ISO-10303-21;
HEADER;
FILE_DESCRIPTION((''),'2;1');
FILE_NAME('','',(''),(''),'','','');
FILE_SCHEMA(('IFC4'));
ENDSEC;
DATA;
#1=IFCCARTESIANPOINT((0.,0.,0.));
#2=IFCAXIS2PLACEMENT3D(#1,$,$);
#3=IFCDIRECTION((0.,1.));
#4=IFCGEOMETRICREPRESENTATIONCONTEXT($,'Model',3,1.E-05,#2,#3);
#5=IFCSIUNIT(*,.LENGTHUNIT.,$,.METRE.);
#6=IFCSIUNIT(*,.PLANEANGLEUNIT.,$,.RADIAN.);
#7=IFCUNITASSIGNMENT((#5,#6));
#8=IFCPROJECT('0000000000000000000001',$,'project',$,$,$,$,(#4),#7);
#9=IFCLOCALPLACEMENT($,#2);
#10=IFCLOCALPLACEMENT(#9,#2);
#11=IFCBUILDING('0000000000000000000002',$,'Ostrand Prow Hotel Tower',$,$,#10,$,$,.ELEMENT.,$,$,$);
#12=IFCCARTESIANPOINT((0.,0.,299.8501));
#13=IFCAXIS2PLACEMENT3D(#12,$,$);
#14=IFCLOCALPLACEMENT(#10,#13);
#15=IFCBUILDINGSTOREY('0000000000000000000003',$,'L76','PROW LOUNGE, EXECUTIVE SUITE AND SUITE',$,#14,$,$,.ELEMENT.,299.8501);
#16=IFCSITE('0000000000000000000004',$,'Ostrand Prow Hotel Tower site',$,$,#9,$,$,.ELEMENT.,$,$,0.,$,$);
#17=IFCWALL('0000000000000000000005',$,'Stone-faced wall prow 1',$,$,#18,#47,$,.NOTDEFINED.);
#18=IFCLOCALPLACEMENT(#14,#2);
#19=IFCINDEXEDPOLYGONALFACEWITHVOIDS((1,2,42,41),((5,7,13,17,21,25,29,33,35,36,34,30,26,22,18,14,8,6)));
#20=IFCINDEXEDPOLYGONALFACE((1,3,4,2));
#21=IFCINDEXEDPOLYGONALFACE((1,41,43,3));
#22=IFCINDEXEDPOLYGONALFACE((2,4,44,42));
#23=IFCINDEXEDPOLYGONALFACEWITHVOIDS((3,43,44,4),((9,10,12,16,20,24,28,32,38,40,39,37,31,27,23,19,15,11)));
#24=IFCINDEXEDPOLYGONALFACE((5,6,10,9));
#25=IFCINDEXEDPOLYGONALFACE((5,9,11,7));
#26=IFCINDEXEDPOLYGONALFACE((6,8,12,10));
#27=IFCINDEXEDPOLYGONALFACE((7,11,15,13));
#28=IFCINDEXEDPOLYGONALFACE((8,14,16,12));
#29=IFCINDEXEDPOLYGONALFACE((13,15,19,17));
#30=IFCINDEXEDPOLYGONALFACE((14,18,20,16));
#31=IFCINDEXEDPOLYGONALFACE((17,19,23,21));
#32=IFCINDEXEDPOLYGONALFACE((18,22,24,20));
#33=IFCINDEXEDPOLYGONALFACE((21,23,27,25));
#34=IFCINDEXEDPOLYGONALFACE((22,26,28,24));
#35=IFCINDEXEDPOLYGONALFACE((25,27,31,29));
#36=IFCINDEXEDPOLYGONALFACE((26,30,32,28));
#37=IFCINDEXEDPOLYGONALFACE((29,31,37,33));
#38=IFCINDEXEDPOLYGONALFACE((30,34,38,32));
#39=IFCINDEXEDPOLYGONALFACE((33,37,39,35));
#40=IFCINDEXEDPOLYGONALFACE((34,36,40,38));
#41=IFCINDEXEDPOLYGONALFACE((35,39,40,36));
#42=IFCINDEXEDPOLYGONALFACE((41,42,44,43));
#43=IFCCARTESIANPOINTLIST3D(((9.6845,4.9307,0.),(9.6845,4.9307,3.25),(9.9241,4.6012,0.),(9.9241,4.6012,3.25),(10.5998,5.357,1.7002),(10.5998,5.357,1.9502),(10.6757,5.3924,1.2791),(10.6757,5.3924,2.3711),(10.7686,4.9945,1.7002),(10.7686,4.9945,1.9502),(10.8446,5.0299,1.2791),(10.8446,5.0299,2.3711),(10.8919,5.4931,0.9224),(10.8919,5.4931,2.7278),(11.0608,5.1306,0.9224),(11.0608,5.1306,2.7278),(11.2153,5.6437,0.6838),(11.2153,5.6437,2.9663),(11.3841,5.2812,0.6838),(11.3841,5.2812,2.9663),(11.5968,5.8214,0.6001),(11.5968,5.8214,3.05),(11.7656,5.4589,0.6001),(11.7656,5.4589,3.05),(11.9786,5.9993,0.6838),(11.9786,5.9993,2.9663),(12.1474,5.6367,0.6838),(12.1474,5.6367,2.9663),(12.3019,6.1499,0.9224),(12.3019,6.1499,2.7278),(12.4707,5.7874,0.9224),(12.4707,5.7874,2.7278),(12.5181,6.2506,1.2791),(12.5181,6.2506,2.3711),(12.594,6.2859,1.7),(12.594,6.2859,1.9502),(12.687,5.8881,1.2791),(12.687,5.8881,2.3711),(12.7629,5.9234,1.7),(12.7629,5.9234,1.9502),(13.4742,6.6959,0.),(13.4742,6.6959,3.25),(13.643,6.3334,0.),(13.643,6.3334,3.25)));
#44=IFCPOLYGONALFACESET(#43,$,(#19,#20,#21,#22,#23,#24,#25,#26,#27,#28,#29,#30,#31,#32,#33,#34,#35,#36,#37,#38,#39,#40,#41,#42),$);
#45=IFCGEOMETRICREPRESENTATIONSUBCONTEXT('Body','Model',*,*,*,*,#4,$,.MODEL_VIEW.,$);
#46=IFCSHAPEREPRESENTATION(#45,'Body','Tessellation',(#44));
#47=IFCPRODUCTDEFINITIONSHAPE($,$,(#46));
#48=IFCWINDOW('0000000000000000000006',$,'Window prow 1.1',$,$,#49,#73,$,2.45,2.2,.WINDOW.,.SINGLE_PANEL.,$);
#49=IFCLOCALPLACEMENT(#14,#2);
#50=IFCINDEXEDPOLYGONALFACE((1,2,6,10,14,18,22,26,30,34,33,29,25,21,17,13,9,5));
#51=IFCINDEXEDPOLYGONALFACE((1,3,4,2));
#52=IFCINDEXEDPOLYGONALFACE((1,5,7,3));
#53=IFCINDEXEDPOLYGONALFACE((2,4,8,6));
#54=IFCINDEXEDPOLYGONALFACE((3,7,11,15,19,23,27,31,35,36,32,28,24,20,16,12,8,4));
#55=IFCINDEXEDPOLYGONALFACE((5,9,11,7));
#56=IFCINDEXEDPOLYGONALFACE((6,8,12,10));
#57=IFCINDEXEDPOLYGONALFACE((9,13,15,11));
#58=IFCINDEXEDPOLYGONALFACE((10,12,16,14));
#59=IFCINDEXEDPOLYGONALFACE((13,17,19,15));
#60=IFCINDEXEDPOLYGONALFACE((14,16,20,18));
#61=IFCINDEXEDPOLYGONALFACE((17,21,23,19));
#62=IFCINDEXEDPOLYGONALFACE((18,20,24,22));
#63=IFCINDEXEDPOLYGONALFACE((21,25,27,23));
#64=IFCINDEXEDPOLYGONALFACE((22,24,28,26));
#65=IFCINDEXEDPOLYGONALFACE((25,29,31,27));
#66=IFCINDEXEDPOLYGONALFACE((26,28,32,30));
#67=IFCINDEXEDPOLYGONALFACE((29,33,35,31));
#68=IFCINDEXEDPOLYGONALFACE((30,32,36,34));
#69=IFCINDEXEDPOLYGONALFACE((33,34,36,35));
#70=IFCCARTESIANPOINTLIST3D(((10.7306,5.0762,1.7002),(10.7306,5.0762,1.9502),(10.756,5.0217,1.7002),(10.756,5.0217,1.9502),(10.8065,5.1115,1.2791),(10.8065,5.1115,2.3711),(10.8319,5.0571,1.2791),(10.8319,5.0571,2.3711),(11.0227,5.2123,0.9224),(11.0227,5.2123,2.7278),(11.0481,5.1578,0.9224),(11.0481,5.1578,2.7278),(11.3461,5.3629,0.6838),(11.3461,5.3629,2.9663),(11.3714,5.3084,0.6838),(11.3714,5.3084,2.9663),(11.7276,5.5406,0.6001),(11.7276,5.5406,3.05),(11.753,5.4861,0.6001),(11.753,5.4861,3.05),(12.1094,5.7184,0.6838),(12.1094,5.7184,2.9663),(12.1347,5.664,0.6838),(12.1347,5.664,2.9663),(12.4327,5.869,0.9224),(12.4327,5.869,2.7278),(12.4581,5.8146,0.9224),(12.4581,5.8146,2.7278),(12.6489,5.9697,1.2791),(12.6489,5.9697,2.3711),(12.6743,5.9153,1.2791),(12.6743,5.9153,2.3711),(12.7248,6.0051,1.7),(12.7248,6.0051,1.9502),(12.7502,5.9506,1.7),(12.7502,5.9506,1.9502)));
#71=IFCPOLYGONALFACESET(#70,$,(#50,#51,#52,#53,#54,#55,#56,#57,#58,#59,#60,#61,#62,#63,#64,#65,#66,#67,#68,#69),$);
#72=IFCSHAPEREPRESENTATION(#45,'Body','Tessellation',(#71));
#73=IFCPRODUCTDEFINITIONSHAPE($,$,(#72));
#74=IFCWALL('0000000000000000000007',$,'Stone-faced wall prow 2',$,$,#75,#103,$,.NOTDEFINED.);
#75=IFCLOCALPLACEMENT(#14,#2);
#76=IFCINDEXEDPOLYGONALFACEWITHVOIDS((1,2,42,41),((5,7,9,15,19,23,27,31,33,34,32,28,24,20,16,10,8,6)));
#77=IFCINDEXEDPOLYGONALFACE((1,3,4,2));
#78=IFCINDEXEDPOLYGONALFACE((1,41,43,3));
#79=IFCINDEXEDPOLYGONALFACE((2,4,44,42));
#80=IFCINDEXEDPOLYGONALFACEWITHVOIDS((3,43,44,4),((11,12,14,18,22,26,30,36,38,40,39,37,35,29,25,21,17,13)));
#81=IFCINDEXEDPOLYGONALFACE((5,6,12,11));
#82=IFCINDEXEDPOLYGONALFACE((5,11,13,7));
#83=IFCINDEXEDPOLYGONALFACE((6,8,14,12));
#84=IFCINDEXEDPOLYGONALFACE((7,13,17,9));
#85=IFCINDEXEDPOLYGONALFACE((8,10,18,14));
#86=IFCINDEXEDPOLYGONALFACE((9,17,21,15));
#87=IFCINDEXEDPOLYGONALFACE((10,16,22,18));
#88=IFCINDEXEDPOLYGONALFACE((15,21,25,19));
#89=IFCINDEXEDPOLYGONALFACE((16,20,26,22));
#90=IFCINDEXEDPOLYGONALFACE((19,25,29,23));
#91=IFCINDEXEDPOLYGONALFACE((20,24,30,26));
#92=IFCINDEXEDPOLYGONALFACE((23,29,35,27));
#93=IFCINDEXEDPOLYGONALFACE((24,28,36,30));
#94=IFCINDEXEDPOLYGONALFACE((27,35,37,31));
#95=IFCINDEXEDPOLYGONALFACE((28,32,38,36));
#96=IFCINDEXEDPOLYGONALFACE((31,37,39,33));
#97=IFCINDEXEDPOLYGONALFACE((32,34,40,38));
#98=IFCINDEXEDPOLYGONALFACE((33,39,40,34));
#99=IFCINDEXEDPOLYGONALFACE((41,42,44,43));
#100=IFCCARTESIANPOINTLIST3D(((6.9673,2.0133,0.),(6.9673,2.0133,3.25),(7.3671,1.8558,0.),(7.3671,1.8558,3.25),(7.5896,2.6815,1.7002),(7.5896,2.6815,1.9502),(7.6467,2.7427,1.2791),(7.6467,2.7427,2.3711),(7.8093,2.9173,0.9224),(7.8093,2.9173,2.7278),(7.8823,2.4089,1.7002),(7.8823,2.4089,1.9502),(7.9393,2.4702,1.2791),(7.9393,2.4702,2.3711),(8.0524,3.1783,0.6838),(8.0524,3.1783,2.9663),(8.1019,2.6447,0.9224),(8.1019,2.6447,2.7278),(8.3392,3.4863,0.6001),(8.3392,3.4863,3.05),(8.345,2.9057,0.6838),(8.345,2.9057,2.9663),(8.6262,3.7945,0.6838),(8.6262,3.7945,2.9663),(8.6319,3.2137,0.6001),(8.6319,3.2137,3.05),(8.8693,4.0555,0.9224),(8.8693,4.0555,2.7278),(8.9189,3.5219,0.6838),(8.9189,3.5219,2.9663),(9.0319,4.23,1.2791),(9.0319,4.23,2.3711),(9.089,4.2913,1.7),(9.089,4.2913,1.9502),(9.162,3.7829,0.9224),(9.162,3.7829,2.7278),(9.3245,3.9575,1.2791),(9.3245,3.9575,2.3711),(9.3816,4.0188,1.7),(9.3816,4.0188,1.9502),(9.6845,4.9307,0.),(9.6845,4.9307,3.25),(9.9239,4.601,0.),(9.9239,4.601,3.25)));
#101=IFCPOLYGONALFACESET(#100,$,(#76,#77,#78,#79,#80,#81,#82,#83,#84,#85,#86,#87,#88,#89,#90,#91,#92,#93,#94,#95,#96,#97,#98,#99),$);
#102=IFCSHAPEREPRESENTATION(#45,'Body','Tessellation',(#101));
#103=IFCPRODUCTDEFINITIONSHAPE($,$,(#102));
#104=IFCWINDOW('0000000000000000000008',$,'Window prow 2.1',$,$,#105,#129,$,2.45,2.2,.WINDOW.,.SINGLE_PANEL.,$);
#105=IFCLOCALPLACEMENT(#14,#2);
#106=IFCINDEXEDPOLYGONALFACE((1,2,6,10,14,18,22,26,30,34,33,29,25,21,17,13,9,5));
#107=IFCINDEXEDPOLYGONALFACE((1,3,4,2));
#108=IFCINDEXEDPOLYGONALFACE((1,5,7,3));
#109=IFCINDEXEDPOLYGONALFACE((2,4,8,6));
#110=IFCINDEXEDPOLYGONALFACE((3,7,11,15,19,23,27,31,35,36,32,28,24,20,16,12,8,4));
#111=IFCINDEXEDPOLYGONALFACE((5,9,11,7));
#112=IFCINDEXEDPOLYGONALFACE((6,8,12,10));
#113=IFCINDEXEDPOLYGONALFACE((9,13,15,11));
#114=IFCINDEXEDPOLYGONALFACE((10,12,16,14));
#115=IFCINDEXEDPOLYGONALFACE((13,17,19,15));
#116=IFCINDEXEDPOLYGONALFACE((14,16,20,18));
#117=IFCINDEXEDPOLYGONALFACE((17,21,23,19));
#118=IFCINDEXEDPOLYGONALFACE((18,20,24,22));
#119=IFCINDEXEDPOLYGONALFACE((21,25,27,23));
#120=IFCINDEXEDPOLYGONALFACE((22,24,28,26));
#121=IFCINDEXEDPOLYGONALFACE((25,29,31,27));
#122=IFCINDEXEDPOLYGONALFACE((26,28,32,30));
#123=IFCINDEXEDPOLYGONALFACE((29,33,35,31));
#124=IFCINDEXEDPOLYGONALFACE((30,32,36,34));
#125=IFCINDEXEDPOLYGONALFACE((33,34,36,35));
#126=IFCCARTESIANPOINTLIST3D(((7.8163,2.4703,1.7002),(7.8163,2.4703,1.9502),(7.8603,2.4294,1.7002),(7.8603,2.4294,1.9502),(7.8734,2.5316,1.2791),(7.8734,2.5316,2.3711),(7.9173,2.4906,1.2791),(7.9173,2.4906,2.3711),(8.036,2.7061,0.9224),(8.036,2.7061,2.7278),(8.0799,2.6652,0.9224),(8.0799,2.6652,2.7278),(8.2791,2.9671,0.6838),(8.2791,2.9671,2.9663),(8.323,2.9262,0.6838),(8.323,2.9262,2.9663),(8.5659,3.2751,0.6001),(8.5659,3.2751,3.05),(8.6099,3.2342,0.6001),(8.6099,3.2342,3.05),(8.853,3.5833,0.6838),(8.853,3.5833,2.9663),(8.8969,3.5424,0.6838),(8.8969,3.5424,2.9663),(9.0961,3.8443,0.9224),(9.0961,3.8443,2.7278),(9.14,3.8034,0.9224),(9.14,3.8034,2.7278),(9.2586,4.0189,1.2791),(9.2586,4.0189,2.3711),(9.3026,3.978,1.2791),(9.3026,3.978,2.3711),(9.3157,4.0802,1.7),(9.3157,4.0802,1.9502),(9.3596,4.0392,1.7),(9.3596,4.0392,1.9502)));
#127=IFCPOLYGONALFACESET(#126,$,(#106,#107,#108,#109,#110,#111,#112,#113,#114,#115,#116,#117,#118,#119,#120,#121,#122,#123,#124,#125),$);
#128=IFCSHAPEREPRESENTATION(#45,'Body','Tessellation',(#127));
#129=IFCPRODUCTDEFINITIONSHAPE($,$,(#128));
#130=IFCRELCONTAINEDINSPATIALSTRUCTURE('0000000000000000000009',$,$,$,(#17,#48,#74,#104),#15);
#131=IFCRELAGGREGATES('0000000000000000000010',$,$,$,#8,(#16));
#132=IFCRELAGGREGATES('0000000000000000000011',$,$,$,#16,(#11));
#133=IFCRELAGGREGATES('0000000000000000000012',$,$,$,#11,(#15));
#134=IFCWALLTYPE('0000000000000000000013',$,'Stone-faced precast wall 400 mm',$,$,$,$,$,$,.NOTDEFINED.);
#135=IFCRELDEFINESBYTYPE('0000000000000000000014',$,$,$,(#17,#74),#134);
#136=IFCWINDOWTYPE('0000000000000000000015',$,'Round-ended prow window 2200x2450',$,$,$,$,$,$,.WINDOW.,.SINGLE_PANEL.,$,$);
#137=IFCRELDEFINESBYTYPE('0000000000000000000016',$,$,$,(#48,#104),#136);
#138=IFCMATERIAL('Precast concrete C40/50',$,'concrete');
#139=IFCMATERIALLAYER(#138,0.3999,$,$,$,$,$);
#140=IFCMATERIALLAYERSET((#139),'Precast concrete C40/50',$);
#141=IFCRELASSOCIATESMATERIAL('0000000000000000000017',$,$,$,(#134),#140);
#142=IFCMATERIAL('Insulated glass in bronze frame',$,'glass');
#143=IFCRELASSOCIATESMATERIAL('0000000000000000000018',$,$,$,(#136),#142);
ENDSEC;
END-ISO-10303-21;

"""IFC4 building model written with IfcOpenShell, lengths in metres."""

from ifc_helpers import new_model, si_unit, direction, frame, origin, place, context, subcontext, project, spatial, polyline, outline, extrude, material, layer, layer_set, type_object, element, fill, save


model = new_model("IFC4")

# Units and contexts
model_context = context("Model", 3, precision=1e-05, world=origin(), true_north=direction((0.0, 1.0)))
body_context = subcontext(model_context, "Body", "Model", "MODEL_VIEW")
ifc_project = project(units=[si_unit("LENGTHUNIT", "METRE"), si_unit("PLANEANGLEUNIT", "RADIAN")], contexts=[model_context])

# Site, building, storey
site_placement = place(None, origin())
site = spatial("IfcSite", under=ifc_project, at=site_placement, Name="Ostrand Prow Hotel Tower site", CompositionType="ELEMENT", RefElevation=0.0)
building_placement = place(site_placement, origin())
building = spatial("IfcBuilding", under=site, at=building_placement, Name="Ostrand Prow Hotel Tower", CompositionType="ELEMENT")
storey_placement = place(building_placement, frame((0.0, 0.0, 299.8501)))
storey = spatial("IfcBuildingStorey", under=building, at=storey_placement, Name="L76", Description="PROW LOUNGE, EXECUTIVE SUITE AND SUITE", CompositionType="ELEMENT", Elevation=299.8501)

# Walls, openings, windows
ifc_material_1 = material(Name="Precast concrete C40/50", Category="concrete")
ifc_layer_1 = layer(ifc_material_1, 0.3999)
ifc_layer_set_1 = layer_set([ifc_layer_1], Name="Precast concrete C40/50")
wall_type_1 = type_object("IfcWallType", Name="Stone-faced precast wall 400 mm", PredefinedType="NOTDEFINED", material=ifc_layer_set_1)
wall_1_placement = place(storey_placement, frame((13.5586, 6.5146, 0.0), z_axis=(0.0, 0.0, 1.0), x_axis=(-0.906486, -0.422237, 0.0)))
wall_1 = element("IfcWall", 1, at=wall_1_placement, inside=storey, type_object=wall_type_1, Name="Stone-faced wall prow 1", PredefinedType="NOTDEFINED", context=body_context, shape_type="SweptSolid", body=[
    extrude(outline(polyline([(0.0, -0.2), (4.1807, -0.2), (4.1025, 0.2), (0.0, 0.2), (0.0, -0.2)])), origin(), (0.0, 0.0, 1.0), 3.25),
])
opening_1_placement = place(wall_1_placement, frame((0.9709, 0.0, 0.6001)))
opening_1 = element("IfcOpeningElement", 2, at=opening_1_placement, cuts=wall_1, PredefinedType="OPENING", context=body_context, shape_type="SweptSolid", body=[
    extrude(outline(polyline([(0.0, 1.3501), (0.0837, 1.771), (0.3223, 2.1277), (0.679, 2.3662), (1.1001, 2.45), (1.521, 2.3662), (1.8777, 2.1277), (2.1162, 1.771), (2.2, 1.3501), (2.2, 1.1001), (2.1162, 0.679), (1.8777, 0.3223), (1.521, 0.0837), (1.1001, 0.0), (0.679, 0.0837), (0.3223, 0.3223), (0.0837, 0.679), (0.0, 1.0999), (0.0, 1.3501)])), frame((0.0, 0.21, 0.0), z_axis=(0.0, -1.0, 0.0), x_axis=(1.0, 0.0, 0.0)), (0.0, 0.0, 1.0), 0.4199),
])
ifc_material_2 = material(Name="Insulated glass in bronze frame", Category="glass")
window_type = type_object("IfcWindowType", Name="Round-ended prow window 2200x2450", PartitioningType="SINGLE_PANEL", PredefinedType="WINDOW", material=ifc_material_2)
window_1_placement = place(opening_1_placement, origin())
window_1 = element("IfcWindow", 3, at=window_1_placement, inside=storey, type_object=window_type, Name="Window prow 1.1", OverallHeight=2.45, OverallWidth=2.2, PartitioningType="SINGLE_PANEL", PredefinedType="WINDOW", context=body_context, shape_type="SweptSolid", body=[
    extrude(outline(polyline([(0.0, 1.3501), (0.0837, 1.771), (0.3223, 2.1277), (0.679, 2.3662), (1.1001, 2.45), (1.521, 2.3662), (1.8777, 2.1277), (2.1162, 1.771), (2.2, 1.3501), (2.2, 1.1001), (2.1162, 0.679), (1.8777, 0.3223), (1.521, 0.0837), (1.1001, 0.0), (0.679, 0.0837), (0.3223, 0.3223), (0.0837, 0.679), (0.0, 1.0999), (0.0, 1.3501)])), frame((0.0, 0.1699, 0.0), z_axis=(0.0, -1.0, 0.0), x_axis=(1.0, 0.0, 0.0)), (0.0, 0.0, 1.0), 0.0601),
])
fill(opening_1, window_1)
wall_2_placement = place(storey_placement, frame((9.8042, 4.7659, 0.0), z_axis=(0.0, 0.0, 1.0), x_axis=(-0.681547, -0.731775, 0.0)))
wall_2 = element("IfcWall", 4, at=wall_2_placement, inside=storey, type_object=wall_type_1, Name="Stone-faced wall prow 2", PredefinedType="NOTDEFINED", context=body_context, shape_type="SweptSolid", body=[
    extrude(outline(polyline([(-0.0391, -0.2), (3.9478, -0.2), (3.7905, 0.2), (0.0391, 0.2), (-0.0391, -0.2)])), origin(), (0.0, 0.0, 1.0), 3.25),
])
opening_2_placement = place(wall_2_placement, frame((0.8347, 0.0, 0.6001)))
opening_2 = element("IfcOpeningElement", 5, at=opening_2_placement, cuts=wall_2, PredefinedType="OPENING", context=body_context, shape_type="SweptSolid", body=[
    extrude(outline(polyline([(0.0, 1.3501), (0.0837, 1.771), (0.3223, 2.1277), (0.679, 2.3662), (1.1001, 2.45), (1.521, 2.3662), (1.8777, 2.1277), (2.1162, 1.771), (2.2, 1.3501), (2.2, 1.1001), (2.1162, 0.679), (1.8777, 0.3223), (1.521, 0.0837), (1.1001, 0.0), (0.679, 0.0837), (0.3223, 0.3223), (0.0837, 0.679), (0.0, 1.0999), (0.0, 1.3501)])), frame((0.0, 0.21, 0.0), z_axis=(0.0, -1.0, 0.0), x_axis=(1.0, 0.0, 0.0)), (0.0, 0.0, 1.0), 0.4199),
])
window_2_placement = place(opening_2_placement, origin())
window_2 = element("IfcWindow", 6, at=window_2_placement, inside=storey, type_object=window_type, Name="Window prow 2.1", OverallHeight=2.45, OverallWidth=2.2, PartitioningType="SINGLE_PANEL", PredefinedType="WINDOW", context=body_context, shape_type="SweptSolid", body=[
    extrude(outline(polyline([(0.0, 1.3501), (0.0837, 1.771), (0.3223, 2.1277), (0.679, 2.3662), (1.1001, 2.45), (1.521, 2.3662), (1.8777, 2.1277), (2.1162, 1.771), (2.2, 1.3501), (2.2, 1.1001), (2.1162, 0.679), (1.8777, 0.3223), (1.521, 0.0837), (1.1001, 0.0), (0.679, 0.0837), (0.3223, 0.3223), (0.0837, 0.679), (0.0, 1.0999), (0.0, 1.3501)])), frame((0.0, 0.1699, 0.0), z_axis=(0.0, -1.0, 0.0), x_axis=(1.0, 0.0, 0.0)), (0.0, 0.0, 1.0), 0.0601),
])
fill(opening_2, window_2)

save(model, "model.ifc")
